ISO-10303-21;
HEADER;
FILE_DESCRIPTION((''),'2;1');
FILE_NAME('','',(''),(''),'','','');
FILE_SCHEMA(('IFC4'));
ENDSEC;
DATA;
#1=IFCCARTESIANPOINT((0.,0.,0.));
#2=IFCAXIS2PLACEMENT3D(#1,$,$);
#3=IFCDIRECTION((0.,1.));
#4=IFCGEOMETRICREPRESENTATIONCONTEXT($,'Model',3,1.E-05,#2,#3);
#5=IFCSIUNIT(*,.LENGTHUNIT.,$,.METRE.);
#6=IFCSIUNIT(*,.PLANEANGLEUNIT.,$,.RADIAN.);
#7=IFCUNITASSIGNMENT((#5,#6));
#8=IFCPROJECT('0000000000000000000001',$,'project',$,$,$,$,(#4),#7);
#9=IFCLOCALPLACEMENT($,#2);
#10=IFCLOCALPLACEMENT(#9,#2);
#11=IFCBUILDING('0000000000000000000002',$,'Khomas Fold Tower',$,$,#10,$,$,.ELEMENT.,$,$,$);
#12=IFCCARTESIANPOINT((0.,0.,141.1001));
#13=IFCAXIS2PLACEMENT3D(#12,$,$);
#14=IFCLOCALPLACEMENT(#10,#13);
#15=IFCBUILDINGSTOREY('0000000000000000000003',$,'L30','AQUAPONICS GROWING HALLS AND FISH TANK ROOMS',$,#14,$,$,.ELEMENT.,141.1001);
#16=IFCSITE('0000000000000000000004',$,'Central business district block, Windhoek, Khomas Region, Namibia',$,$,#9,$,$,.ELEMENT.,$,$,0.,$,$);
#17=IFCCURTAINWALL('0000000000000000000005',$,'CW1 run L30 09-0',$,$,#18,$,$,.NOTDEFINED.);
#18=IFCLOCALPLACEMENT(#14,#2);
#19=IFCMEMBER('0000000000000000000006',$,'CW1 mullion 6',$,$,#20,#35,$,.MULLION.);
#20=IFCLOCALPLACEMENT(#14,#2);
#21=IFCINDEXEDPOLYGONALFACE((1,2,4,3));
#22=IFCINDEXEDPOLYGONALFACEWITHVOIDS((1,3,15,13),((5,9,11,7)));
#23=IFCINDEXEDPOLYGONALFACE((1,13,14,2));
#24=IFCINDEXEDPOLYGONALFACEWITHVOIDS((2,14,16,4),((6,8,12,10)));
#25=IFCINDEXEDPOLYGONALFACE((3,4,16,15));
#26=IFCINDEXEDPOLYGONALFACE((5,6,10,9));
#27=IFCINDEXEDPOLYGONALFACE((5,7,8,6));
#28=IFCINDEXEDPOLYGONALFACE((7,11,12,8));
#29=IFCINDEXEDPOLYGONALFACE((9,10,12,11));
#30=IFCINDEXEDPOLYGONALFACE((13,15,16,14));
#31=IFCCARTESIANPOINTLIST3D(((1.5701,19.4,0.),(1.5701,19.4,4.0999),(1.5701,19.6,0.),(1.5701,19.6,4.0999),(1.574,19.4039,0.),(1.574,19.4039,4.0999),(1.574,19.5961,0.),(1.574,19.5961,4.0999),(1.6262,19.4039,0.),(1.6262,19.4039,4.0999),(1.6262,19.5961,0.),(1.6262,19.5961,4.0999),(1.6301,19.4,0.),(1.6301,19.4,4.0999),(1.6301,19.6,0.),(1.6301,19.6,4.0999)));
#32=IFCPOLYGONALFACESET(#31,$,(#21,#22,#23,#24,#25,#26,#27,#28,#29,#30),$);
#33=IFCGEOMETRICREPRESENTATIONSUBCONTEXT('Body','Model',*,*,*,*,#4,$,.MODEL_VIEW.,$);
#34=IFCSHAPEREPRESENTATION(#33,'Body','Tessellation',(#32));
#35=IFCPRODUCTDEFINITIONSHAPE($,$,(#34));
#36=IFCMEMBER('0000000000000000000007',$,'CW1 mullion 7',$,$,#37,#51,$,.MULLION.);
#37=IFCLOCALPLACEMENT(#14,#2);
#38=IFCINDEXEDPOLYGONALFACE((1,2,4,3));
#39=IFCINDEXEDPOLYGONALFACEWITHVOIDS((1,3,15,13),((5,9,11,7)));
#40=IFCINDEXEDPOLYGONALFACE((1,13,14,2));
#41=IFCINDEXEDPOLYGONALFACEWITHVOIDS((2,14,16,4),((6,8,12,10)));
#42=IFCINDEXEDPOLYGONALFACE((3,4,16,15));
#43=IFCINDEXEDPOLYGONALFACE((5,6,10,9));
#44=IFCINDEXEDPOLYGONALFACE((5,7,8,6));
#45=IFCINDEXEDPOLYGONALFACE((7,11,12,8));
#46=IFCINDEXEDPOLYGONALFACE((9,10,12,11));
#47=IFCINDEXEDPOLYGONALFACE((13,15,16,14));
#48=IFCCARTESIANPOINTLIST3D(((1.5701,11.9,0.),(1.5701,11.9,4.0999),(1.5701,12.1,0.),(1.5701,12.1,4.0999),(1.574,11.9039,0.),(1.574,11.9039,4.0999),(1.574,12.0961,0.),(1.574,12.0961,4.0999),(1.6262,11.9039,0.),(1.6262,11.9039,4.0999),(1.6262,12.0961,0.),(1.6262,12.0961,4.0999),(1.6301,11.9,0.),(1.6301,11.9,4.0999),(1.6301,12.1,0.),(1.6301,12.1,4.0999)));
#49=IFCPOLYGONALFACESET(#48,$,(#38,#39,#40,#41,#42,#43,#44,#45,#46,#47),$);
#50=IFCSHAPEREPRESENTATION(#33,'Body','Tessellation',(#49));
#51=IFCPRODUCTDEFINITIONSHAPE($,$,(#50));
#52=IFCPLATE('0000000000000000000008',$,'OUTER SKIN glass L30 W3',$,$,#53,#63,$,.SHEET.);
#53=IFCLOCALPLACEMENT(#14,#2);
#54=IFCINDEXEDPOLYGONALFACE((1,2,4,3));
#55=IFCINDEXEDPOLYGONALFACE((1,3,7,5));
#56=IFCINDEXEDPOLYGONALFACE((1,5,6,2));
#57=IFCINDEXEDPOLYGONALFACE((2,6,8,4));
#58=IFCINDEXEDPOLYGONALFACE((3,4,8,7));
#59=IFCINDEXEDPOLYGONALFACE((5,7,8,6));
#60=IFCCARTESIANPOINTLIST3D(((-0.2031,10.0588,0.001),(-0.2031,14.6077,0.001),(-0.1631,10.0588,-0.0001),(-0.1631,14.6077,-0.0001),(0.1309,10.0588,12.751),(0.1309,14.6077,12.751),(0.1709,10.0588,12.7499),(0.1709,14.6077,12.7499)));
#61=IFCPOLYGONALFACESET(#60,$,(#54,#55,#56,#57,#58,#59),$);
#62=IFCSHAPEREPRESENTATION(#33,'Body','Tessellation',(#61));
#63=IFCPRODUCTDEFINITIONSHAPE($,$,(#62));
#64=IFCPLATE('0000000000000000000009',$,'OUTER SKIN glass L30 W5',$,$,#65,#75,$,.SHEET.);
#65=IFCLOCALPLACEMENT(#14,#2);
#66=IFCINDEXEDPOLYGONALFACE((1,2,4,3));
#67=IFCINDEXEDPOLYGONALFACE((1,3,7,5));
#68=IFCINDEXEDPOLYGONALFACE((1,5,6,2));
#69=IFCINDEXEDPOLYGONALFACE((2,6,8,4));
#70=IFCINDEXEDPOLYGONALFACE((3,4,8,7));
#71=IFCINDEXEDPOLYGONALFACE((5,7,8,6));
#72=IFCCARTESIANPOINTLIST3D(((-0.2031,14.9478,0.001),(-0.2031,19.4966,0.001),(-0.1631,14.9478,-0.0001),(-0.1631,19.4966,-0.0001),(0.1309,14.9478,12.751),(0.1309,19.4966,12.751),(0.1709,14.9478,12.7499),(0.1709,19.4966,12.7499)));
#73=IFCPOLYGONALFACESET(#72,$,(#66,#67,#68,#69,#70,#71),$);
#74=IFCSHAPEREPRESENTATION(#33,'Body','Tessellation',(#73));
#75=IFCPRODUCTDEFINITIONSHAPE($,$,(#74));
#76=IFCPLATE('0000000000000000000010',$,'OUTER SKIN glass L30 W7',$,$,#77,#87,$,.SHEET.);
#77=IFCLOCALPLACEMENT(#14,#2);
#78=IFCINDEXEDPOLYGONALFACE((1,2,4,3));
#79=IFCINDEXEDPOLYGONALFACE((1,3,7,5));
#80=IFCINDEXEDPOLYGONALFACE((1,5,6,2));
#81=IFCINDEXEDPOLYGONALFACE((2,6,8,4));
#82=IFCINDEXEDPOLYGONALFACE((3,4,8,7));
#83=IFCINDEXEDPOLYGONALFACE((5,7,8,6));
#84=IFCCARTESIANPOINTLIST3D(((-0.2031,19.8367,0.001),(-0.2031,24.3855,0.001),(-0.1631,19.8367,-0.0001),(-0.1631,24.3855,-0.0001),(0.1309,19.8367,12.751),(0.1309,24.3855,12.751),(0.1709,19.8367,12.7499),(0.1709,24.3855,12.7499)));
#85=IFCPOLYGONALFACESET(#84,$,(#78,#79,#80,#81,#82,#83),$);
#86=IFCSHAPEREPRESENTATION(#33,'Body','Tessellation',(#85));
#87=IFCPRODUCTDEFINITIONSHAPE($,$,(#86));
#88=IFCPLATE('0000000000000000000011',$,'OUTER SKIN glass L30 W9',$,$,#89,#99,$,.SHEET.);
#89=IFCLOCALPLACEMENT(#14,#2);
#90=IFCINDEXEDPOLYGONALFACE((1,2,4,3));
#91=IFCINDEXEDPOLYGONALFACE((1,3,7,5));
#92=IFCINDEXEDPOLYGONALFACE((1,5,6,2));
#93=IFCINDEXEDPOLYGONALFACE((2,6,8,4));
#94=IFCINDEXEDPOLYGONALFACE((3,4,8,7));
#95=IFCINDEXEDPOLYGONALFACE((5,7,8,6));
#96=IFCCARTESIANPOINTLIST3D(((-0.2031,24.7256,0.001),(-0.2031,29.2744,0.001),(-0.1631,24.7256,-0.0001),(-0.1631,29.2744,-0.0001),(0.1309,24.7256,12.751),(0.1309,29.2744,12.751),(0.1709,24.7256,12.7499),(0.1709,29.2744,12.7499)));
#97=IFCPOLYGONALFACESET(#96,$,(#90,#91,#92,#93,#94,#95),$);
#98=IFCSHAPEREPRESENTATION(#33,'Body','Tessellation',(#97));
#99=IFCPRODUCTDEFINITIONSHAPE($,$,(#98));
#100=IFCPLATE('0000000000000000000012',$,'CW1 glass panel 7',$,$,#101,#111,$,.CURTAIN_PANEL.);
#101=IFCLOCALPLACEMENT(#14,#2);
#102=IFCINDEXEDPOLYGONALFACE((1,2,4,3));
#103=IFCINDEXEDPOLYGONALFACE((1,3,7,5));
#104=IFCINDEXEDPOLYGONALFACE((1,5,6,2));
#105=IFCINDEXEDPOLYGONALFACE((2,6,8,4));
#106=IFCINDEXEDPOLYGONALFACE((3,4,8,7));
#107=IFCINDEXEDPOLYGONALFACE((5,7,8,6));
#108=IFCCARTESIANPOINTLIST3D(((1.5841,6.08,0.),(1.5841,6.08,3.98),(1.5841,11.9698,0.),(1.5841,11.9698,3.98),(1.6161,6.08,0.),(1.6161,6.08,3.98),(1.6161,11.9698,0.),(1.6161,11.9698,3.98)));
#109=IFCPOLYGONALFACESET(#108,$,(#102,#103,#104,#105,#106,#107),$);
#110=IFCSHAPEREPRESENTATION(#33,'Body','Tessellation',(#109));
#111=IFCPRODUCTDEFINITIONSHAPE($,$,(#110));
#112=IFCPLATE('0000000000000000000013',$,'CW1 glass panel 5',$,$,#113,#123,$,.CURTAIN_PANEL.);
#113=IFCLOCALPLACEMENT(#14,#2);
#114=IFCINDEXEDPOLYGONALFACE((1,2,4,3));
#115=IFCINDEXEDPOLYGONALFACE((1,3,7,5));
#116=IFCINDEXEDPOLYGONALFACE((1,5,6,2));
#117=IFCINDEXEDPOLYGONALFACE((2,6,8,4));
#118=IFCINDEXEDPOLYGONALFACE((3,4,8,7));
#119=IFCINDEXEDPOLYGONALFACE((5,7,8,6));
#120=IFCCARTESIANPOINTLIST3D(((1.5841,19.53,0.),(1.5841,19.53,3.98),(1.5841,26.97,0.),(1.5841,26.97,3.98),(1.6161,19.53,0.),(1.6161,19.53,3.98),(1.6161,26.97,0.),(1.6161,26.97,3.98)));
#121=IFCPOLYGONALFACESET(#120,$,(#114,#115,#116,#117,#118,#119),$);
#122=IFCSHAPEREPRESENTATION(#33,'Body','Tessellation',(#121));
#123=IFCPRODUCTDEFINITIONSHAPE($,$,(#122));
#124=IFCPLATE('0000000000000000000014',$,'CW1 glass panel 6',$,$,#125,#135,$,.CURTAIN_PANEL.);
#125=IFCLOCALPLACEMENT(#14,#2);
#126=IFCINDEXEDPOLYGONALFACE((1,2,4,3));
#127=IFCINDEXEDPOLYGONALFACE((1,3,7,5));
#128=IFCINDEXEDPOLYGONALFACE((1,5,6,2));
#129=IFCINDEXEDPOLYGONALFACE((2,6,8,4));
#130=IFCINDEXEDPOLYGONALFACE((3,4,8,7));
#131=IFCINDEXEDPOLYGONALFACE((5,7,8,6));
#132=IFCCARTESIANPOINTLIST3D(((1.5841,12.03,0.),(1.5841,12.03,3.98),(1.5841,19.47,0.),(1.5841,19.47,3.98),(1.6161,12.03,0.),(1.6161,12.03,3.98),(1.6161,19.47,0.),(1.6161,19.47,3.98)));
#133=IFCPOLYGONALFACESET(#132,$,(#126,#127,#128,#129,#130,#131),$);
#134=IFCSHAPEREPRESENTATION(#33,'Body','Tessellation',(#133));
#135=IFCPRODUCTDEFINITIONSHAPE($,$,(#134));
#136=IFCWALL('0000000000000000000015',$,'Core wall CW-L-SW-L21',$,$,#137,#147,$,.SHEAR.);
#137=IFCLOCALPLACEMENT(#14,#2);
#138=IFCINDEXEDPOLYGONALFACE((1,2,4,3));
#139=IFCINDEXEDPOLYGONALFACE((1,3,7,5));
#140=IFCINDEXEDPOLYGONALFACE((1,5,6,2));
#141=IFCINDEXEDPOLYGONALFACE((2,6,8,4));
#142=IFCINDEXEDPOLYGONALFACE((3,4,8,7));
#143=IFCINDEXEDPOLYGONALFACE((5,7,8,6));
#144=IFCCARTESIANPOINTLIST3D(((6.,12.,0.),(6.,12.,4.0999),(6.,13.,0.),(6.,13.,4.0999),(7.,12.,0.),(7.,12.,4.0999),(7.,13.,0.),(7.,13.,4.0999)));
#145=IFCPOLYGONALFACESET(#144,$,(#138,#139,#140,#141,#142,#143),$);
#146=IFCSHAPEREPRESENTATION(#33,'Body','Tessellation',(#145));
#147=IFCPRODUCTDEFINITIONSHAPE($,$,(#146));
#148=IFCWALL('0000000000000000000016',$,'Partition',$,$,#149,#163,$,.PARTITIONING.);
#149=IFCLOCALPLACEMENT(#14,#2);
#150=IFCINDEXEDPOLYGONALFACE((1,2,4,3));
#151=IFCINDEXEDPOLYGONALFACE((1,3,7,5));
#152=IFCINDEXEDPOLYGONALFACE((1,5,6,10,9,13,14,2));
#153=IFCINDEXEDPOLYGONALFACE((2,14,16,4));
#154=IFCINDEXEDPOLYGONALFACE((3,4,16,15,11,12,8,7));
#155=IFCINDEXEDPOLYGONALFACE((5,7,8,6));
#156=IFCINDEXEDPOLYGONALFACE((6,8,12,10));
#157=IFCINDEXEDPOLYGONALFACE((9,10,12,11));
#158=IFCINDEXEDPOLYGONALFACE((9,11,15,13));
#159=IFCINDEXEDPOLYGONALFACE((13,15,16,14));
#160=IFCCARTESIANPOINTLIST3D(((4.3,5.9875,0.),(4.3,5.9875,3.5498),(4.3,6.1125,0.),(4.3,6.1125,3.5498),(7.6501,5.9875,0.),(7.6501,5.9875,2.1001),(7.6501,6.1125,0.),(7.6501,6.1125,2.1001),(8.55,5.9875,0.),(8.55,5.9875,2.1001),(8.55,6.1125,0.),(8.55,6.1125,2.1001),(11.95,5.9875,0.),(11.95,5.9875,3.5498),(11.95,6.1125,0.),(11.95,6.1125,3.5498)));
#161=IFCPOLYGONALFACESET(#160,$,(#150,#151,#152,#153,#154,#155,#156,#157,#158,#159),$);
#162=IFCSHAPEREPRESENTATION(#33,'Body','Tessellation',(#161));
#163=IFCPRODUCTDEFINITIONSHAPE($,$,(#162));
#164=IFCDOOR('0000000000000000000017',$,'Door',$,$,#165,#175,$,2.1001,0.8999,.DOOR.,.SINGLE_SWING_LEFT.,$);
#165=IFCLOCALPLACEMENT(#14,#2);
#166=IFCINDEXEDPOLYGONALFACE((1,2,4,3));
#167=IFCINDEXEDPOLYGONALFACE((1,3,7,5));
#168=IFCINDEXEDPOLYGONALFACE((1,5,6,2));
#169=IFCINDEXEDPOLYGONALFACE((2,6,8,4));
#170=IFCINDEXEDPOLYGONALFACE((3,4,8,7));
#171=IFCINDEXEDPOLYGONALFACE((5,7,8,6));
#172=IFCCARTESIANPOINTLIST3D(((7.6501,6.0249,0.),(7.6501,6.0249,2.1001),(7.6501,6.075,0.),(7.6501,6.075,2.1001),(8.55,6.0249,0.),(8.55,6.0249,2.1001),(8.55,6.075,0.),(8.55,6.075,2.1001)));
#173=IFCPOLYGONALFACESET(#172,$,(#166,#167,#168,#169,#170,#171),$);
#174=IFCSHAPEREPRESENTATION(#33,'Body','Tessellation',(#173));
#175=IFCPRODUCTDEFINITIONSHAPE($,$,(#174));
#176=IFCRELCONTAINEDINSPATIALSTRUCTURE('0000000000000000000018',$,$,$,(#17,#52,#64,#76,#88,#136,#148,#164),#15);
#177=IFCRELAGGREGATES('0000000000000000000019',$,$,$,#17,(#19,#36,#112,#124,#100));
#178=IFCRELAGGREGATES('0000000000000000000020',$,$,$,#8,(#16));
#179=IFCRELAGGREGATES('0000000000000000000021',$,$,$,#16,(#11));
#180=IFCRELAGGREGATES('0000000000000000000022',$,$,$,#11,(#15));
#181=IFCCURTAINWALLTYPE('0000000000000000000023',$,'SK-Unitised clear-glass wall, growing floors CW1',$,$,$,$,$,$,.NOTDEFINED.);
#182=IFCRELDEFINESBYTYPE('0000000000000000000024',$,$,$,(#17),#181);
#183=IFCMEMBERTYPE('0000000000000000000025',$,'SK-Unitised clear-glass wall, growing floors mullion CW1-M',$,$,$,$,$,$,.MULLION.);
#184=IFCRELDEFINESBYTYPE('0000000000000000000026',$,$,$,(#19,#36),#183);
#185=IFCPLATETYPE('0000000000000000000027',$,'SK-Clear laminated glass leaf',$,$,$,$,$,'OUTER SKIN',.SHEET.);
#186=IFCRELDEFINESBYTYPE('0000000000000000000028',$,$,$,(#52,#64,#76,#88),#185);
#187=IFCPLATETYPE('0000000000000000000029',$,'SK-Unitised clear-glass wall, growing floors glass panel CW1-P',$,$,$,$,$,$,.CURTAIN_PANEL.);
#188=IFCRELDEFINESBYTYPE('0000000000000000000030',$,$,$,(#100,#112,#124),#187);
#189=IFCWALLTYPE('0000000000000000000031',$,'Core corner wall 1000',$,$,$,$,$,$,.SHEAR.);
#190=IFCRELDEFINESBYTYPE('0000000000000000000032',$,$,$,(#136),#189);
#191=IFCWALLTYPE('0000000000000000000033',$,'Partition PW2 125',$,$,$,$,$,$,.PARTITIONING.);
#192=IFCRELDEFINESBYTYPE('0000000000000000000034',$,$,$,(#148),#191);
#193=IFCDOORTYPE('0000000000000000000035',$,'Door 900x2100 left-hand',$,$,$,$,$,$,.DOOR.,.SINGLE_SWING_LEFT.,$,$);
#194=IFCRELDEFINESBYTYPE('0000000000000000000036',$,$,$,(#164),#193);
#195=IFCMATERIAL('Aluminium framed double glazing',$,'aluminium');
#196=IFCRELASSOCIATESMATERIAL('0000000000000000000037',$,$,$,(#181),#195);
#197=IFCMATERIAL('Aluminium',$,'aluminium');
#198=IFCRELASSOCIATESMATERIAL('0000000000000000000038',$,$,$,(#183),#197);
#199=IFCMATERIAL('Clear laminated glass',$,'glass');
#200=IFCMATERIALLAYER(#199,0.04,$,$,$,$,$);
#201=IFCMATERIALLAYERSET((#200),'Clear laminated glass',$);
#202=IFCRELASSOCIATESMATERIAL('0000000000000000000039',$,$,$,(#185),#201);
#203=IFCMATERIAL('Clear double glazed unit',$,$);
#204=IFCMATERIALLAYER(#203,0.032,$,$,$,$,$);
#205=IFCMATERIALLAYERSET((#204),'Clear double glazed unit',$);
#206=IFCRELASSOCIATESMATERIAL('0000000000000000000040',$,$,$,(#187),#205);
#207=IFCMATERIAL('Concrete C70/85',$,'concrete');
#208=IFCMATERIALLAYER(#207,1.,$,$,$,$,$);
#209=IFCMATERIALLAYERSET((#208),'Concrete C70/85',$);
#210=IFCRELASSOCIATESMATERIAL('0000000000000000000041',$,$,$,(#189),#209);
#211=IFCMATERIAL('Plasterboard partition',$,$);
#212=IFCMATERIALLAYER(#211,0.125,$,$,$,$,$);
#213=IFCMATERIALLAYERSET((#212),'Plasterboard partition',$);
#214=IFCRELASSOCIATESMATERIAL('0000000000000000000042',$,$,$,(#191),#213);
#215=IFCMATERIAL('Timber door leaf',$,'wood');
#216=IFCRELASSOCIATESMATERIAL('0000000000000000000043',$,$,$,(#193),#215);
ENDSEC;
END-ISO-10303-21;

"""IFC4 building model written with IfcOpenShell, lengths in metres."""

from ifc_helpers import new_model, si_unit, direction, frame, frame_2d, origin, origin_2d, place, context, subcontext, project, spatial, polyline, rectangle, hollow_rectangle, outline, extrude, source, transform, mapped, material, layer, layer_set, material_profile, profile_set, type_object, element, fill, aggregate, save


model = new_model("IFC4")

# Units and contexts
model_context = context("Model", 3, precision=1e-05, world=origin(), true_north=direction((0.0, 1.0)))
body_context = subcontext(model_context, "Body", "Model", "MODEL_VIEW")
ifc_project = project(units=[si_unit("LENGTHUNIT", "METRE"), si_unit("PLANEANGLEUNIT", "RADIAN")], contexts=[model_context])

# Site, building, storey
site_placement = place(None, origin())
site = spatial("IfcSite", under=ifc_project, at=site_placement, Name="Central business district block, Windhoek, Khomas Region, Namibia", CompositionType="ELEMENT", RefElevation=0.0)
building_placement = place(site_placement, origin())
building = spatial("IfcBuilding", under=site, at=building_placement, Name="Khomas Fold Tower", CompositionType="ELEMENT")
storey_placement = place(building_placement, frame((0.0, 0.0, 141.1001)))
storey = spatial("IfcBuildingStorey", under=building, at=storey_placement, Name="L30", Description="AQUAPONICS GROWING HALLS AND FISH TANK ROOMS", CompositionType="ELEMENT", Elevation=141.1001)

# Curtain wall, members
ifc_material_1 = material(Name="Aluminium framed double glazing", Category="aluminium")
curtain_wall_type = type_object("IfcCurtainWallType", Name="SK-Unitised clear-glass wall, growing floors CW1", PredefinedType="NOTDEFINED", material=ifc_material_1)
curtain_wall_placement = place(storey_placement, origin())
curtain_wall = element("IfcCurtainWall", 1, at=curtain_wall_placement, inside=storey, type_object=curtain_wall_type, Name="CW1 run L30 09-0", PredefinedType="NOTDEFINED")
ifc_material_2 = material(Name="Aluminium", Category="aluminium")
ifc_material_profile_1 = material_profile(ifc_material_2, hollow_rectangle(XDim=0.0601, YDim=0.2, WallThickness=0.0039, at=origin_2d()), Name="SK-Unitised clear-glass wall, growing floors mullion CW1-M")
ifc_profile_set_1 = profile_set([ifc_material_profile_1], Name="Aluminium")
member_type_1 = type_object("IfcMemberType", Name="SK-Unitised clear-glass wall, growing floors mullion CW1-M", PredefinedType="MULLION", material=ifc_profile_set_1)
shared_shape_1 = source(origin(), body_context, "Body", "SweptSolid", [
    extrude(hollow_rectangle(XDim=0.0601, YDim=0.2, WallThickness=0.0039, at=origin_2d()), origin(), (0.0, 0.0, 1.0), 4.0999),
])
member_1_placement = place(storey_placement, frame((1.6001, 19.5, 0.0), z_axis=(0.0, 0.0, 1.0), x_axis=(1.0, 0.0, 0.0)))
member_1 = element("IfcMember", 2, at=member_1_placement, type_object=member_type_1, Name="CW1 mullion 6", PredefinedType="MULLION", context=body_context, shape_type="MappedRepresentation", body=[
    mapped(shared_shape_1, transform((0.0, 0.0, 0.0))),
])
member_2_placement = place(storey_placement, frame((1.6001, 12.0, 0.0), z_axis=(0.0, 0.0, 1.0), x_axis=(1.0, 0.0, 0.0)))
member_2 = element("IfcMember", 3, at=member_2_placement, type_object=member_type_1, Name="CW1 mullion 7", PredefinedType="MULLION", context=body_context, shape_type="MappedRepresentation", body=[
    mapped(shared_shape_1, transform((0.0, 0.0, 0.0))),
])

# Plates
ifc_material_3 = material(Name="Clear laminated glass", Category="glass")
ifc_layer_1 = layer(ifc_material_3, 0.04)
ifc_layer_set_1 = layer_set([ifc_layer_1], Name="Clear laminated glass")
plate_type_1 = type_object("IfcPlateType", Name="SK-Clear laminated glass leaf", ElementType="OUTER SKIN", PredefinedType="SHEET", material=ifc_layer_set_1)
for number, where, z_axis, x_axis, name in (
    (4, (-0.2031, 10.0588, 0.001), (-0.999657, 0.0, 0.026186), (0.0, 1.0, 0.0), "OUTER SKIN glass L30 W3"),
    (5, (-0.2031, 14.9478, 0.001), (-0.999657, 0.0, 0.026186), (0.0, 1.0, 0.0), "OUTER SKIN glass L30 W5"),
    (6, (-0.2031, 19.8367, 0.001), (-0.999657, 0.0, 0.026186), (0.0, 1.0, 0.0), "OUTER SKIN glass L30 W7"),
    (7, (-0.2031, 24.7256, 0.001), (-0.999657, 0.0, 0.026186), (0.0, 1.0, 0.0), "OUTER SKIN glass L30 W9"),
):
    element("IfcPlate", number, at=place(storey_placement, frame(where, z_axis=z_axis, x_axis=x_axis)), inside=storey, type_object=plate_type_1, Name=name, PredefinedType="SHEET", context=body_context, shape_type="SweptSolid", body=[
        extrude(outline(polyline([(0.0, 0.0), (4.5488, 0.0), (4.5488, -12.7544), (0.0, -12.7544), (0.0, 0.0)])), origin(), (0.0, 0.0, -1.0), 0.04),
    ])

# Plates
ifc_material_4 = material(Name="Clear double glazed unit")
ifc_layer_2 = layer(ifc_material_4, 0.032)
ifc_layer_set_2 = layer_set([ifc_layer_2], Name="Clear double glazed unit")
plate_type_2 = type_object("IfcPlateType", Name="SK-Unitised clear-glass wall, growing floors glass panel CW1-P", PredefinedType="CURTAIN_PANEL", material=ifc_layer_set_2)
shared_shape_2 = source(origin(), body_context, "Body", "SweptSolid", [
    extrude(rectangle(XDim=5.8899, YDim=0.032, at=origin_2d()), origin(), (0.0, 0.0, 1.0), 3.98),
])
plate_1_placement = place(storey_placement, frame((1.6001, 9.0249, 0.0), z_axis=(0.0, 0.0, 1.0), x_axis=(0.0, -1.0, 0.0)))
plate_1 = element("IfcPlate", 8, at=plate_1_placement, type_object=plate_type_2, Name="CW1 glass panel 7", PredefinedType="CURTAIN_PANEL", context=body_context, shape_type="MappedRepresentation", body=[
    mapped(shared_shape_2, transform((0.0, 0.0, 0.0))),
])
shared_shape_3 = source(origin(), body_context, "Body", "SweptSolid", [
    extrude(rectangle(XDim=7.4399, YDim=0.032, at=origin_2d()), origin(), (0.0, 0.0, 1.0), 3.98),
])
plate_2_placement = place(storey_placement, frame((1.6001, 23.25, 0.0), z_axis=(0.0, 0.0, 1.0), x_axis=(0.0, -1.0, 0.0)))
plate_2 = element("IfcPlate", 9, at=plate_2_placement, type_object=plate_type_2, Name="CW1 glass panel 5", PredefinedType="CURTAIN_PANEL", context=body_context, shape_type="MappedRepresentation", body=[
    mapped(shared_shape_3, transform((0.0, 0.0, 0.0))),
])
plate_3_placement = place(storey_placement, frame((1.6001, 15.75, 0.0), z_axis=(0.0, 0.0, 1.0), x_axis=(0.0, -1.0, 0.0)))
plate_3 = element("IfcPlate", 10, at=plate_3_placement, type_object=plate_type_2, Name="CW1 glass panel 6", PredefinedType="CURTAIN_PANEL", context=body_context, shape_type="MappedRepresentation", body=[
    mapped(shared_shape_3, transform((0.0, 0.0, 0.0))),
])
aggregate(curtain_wall, [member_1, member_2, plate_2, plate_3, plate_1])

# Wall
ifc_material_5 = material(Name="Concrete C70/85", Category="concrete")
ifc_layer_3 = layer(ifc_material_5, 1.0)
ifc_layer_set_3 = layer_set([ifc_layer_3], Name="Concrete C70/85")
wall_type_1 = type_object("IfcWallType", Name="Core corner wall 1000", PredefinedType="SHEAR", material=ifc_layer_set_3)
shared_shape_4 = source(origin(), body_context, "Body", "SweptSolid", [
    extrude(rectangle(XDim=1.0, YDim=1.0, at=frame_2d((0.5, 0.0))), origin(), (0.0, 0.0, 1.0), 4.0999),
])
wall_1_placement = place(storey_placement, frame((6.0, 12.5, 0.0), z_axis=(0.0, 0.0, 1.0), x_axis=(1.0, 0.0, 0.0)))
element("IfcWall", 11, at=wall_1_placement, inside=storey, type_object=wall_type_1, Name="Core wall CW-L-SW-L21", PredefinedType="SHEAR", context=body_context, shape_type="MappedRepresentation", body=[
    mapped(shared_shape_4, transform((0.0, 0.0, 0.0))),
])

# Wall, opening, door
ifc_material_6 = material(Name="Plasterboard partition")
ifc_layer_4 = layer(ifc_material_6, 0.125)
ifc_layer_set_4 = layer_set([ifc_layer_4], Name="Plasterboard partition")
wall_type_2 = type_object("IfcWallType", Name="Partition PW2 125", PredefinedType="PARTITIONING", material=ifc_layer_set_4)
shared_shape_5 = source(origin(), body_context, "Body", "SweptSolid", [
    extrude(rectangle(XDim=7.6499, YDim=0.125, at=frame_2d((3.825, 0.0))), origin(), (0.0, 0.0, 1.0), 3.5498),
])
wall_2_placement = place(storey_placement, frame((4.3, 6.05, 0.0), z_axis=(0.0, 0.0, 1.0), x_axis=(1.0, 0.0, 0.0)))
wall_2 = element("IfcWall", 12, at=wall_2_placement, inside=storey, type_object=wall_type_2, Name="Partition", PredefinedType="PARTITIONING", context=body_context, shape_type="MappedRepresentation", body=[
    mapped(shared_shape_5, transform((0.0, 0.0, 0.0))),
])
shared_shape_6 = source(origin(), body_context, "Body", "SweptSolid", [
    extrude(rectangle(XDim=0.8999, YDim=2.1001, at=frame_2d((0.45, 1.05))), frame((0.0, 0.0725, 0.0), z_axis=(0.0, -1.0, 0.0), x_axis=(1.0, 0.0, 0.0)), (0.0, 0.0, 1.0), 0.145),
])
opening_placement = place(wall_2_placement, frame((3.3501, 0.0, 0.0)))
opening = element("IfcOpeningElement", 13, at=opening_placement, cuts=wall_2, PredefinedType="OPENING", context=body_context, shape_type="MappedRepresentation", body=[
    mapped(shared_shape_6, transform((0.0, 0.0, 0.0))),
])
ifc_material_7 = material(Name="Timber door leaf", Category="wood")
door_type = type_object("IfcDoorType", Name="Door 900x2100 left-hand", OperationType="SINGLE_SWING_LEFT", PredefinedType="DOOR", material=ifc_material_7)
shared_shape_7 = source(origin(), body_context, "Body", "SweptSolid", [
    extrude(rectangle(XDim=0.8999, YDim=2.1001, at=frame_2d((0.45, 1.05))), frame((0.0, 0.0249, 0.0), z_axis=(0.0, -1.0, 0.0), x_axis=(1.0, 0.0, 0.0)), (0.0, 0.0, 1.0), 0.05),
])
door_placement = place(opening_placement, origin())
door = element("IfcDoor", 14, at=door_placement, inside=storey, type_object=door_type, Name="Door", OperationType="SINGLE_SWING_LEFT", OverallHeight=2.1001, OverallWidth=0.8999, PredefinedType="DOOR", context=body_context, shape_type="MappedRepresentation", body=[
    mapped(shared_shape_7, transform((0.0, 0.0, 0.0))),
])
fill(opening, door)

save(model, "model.ifc")
